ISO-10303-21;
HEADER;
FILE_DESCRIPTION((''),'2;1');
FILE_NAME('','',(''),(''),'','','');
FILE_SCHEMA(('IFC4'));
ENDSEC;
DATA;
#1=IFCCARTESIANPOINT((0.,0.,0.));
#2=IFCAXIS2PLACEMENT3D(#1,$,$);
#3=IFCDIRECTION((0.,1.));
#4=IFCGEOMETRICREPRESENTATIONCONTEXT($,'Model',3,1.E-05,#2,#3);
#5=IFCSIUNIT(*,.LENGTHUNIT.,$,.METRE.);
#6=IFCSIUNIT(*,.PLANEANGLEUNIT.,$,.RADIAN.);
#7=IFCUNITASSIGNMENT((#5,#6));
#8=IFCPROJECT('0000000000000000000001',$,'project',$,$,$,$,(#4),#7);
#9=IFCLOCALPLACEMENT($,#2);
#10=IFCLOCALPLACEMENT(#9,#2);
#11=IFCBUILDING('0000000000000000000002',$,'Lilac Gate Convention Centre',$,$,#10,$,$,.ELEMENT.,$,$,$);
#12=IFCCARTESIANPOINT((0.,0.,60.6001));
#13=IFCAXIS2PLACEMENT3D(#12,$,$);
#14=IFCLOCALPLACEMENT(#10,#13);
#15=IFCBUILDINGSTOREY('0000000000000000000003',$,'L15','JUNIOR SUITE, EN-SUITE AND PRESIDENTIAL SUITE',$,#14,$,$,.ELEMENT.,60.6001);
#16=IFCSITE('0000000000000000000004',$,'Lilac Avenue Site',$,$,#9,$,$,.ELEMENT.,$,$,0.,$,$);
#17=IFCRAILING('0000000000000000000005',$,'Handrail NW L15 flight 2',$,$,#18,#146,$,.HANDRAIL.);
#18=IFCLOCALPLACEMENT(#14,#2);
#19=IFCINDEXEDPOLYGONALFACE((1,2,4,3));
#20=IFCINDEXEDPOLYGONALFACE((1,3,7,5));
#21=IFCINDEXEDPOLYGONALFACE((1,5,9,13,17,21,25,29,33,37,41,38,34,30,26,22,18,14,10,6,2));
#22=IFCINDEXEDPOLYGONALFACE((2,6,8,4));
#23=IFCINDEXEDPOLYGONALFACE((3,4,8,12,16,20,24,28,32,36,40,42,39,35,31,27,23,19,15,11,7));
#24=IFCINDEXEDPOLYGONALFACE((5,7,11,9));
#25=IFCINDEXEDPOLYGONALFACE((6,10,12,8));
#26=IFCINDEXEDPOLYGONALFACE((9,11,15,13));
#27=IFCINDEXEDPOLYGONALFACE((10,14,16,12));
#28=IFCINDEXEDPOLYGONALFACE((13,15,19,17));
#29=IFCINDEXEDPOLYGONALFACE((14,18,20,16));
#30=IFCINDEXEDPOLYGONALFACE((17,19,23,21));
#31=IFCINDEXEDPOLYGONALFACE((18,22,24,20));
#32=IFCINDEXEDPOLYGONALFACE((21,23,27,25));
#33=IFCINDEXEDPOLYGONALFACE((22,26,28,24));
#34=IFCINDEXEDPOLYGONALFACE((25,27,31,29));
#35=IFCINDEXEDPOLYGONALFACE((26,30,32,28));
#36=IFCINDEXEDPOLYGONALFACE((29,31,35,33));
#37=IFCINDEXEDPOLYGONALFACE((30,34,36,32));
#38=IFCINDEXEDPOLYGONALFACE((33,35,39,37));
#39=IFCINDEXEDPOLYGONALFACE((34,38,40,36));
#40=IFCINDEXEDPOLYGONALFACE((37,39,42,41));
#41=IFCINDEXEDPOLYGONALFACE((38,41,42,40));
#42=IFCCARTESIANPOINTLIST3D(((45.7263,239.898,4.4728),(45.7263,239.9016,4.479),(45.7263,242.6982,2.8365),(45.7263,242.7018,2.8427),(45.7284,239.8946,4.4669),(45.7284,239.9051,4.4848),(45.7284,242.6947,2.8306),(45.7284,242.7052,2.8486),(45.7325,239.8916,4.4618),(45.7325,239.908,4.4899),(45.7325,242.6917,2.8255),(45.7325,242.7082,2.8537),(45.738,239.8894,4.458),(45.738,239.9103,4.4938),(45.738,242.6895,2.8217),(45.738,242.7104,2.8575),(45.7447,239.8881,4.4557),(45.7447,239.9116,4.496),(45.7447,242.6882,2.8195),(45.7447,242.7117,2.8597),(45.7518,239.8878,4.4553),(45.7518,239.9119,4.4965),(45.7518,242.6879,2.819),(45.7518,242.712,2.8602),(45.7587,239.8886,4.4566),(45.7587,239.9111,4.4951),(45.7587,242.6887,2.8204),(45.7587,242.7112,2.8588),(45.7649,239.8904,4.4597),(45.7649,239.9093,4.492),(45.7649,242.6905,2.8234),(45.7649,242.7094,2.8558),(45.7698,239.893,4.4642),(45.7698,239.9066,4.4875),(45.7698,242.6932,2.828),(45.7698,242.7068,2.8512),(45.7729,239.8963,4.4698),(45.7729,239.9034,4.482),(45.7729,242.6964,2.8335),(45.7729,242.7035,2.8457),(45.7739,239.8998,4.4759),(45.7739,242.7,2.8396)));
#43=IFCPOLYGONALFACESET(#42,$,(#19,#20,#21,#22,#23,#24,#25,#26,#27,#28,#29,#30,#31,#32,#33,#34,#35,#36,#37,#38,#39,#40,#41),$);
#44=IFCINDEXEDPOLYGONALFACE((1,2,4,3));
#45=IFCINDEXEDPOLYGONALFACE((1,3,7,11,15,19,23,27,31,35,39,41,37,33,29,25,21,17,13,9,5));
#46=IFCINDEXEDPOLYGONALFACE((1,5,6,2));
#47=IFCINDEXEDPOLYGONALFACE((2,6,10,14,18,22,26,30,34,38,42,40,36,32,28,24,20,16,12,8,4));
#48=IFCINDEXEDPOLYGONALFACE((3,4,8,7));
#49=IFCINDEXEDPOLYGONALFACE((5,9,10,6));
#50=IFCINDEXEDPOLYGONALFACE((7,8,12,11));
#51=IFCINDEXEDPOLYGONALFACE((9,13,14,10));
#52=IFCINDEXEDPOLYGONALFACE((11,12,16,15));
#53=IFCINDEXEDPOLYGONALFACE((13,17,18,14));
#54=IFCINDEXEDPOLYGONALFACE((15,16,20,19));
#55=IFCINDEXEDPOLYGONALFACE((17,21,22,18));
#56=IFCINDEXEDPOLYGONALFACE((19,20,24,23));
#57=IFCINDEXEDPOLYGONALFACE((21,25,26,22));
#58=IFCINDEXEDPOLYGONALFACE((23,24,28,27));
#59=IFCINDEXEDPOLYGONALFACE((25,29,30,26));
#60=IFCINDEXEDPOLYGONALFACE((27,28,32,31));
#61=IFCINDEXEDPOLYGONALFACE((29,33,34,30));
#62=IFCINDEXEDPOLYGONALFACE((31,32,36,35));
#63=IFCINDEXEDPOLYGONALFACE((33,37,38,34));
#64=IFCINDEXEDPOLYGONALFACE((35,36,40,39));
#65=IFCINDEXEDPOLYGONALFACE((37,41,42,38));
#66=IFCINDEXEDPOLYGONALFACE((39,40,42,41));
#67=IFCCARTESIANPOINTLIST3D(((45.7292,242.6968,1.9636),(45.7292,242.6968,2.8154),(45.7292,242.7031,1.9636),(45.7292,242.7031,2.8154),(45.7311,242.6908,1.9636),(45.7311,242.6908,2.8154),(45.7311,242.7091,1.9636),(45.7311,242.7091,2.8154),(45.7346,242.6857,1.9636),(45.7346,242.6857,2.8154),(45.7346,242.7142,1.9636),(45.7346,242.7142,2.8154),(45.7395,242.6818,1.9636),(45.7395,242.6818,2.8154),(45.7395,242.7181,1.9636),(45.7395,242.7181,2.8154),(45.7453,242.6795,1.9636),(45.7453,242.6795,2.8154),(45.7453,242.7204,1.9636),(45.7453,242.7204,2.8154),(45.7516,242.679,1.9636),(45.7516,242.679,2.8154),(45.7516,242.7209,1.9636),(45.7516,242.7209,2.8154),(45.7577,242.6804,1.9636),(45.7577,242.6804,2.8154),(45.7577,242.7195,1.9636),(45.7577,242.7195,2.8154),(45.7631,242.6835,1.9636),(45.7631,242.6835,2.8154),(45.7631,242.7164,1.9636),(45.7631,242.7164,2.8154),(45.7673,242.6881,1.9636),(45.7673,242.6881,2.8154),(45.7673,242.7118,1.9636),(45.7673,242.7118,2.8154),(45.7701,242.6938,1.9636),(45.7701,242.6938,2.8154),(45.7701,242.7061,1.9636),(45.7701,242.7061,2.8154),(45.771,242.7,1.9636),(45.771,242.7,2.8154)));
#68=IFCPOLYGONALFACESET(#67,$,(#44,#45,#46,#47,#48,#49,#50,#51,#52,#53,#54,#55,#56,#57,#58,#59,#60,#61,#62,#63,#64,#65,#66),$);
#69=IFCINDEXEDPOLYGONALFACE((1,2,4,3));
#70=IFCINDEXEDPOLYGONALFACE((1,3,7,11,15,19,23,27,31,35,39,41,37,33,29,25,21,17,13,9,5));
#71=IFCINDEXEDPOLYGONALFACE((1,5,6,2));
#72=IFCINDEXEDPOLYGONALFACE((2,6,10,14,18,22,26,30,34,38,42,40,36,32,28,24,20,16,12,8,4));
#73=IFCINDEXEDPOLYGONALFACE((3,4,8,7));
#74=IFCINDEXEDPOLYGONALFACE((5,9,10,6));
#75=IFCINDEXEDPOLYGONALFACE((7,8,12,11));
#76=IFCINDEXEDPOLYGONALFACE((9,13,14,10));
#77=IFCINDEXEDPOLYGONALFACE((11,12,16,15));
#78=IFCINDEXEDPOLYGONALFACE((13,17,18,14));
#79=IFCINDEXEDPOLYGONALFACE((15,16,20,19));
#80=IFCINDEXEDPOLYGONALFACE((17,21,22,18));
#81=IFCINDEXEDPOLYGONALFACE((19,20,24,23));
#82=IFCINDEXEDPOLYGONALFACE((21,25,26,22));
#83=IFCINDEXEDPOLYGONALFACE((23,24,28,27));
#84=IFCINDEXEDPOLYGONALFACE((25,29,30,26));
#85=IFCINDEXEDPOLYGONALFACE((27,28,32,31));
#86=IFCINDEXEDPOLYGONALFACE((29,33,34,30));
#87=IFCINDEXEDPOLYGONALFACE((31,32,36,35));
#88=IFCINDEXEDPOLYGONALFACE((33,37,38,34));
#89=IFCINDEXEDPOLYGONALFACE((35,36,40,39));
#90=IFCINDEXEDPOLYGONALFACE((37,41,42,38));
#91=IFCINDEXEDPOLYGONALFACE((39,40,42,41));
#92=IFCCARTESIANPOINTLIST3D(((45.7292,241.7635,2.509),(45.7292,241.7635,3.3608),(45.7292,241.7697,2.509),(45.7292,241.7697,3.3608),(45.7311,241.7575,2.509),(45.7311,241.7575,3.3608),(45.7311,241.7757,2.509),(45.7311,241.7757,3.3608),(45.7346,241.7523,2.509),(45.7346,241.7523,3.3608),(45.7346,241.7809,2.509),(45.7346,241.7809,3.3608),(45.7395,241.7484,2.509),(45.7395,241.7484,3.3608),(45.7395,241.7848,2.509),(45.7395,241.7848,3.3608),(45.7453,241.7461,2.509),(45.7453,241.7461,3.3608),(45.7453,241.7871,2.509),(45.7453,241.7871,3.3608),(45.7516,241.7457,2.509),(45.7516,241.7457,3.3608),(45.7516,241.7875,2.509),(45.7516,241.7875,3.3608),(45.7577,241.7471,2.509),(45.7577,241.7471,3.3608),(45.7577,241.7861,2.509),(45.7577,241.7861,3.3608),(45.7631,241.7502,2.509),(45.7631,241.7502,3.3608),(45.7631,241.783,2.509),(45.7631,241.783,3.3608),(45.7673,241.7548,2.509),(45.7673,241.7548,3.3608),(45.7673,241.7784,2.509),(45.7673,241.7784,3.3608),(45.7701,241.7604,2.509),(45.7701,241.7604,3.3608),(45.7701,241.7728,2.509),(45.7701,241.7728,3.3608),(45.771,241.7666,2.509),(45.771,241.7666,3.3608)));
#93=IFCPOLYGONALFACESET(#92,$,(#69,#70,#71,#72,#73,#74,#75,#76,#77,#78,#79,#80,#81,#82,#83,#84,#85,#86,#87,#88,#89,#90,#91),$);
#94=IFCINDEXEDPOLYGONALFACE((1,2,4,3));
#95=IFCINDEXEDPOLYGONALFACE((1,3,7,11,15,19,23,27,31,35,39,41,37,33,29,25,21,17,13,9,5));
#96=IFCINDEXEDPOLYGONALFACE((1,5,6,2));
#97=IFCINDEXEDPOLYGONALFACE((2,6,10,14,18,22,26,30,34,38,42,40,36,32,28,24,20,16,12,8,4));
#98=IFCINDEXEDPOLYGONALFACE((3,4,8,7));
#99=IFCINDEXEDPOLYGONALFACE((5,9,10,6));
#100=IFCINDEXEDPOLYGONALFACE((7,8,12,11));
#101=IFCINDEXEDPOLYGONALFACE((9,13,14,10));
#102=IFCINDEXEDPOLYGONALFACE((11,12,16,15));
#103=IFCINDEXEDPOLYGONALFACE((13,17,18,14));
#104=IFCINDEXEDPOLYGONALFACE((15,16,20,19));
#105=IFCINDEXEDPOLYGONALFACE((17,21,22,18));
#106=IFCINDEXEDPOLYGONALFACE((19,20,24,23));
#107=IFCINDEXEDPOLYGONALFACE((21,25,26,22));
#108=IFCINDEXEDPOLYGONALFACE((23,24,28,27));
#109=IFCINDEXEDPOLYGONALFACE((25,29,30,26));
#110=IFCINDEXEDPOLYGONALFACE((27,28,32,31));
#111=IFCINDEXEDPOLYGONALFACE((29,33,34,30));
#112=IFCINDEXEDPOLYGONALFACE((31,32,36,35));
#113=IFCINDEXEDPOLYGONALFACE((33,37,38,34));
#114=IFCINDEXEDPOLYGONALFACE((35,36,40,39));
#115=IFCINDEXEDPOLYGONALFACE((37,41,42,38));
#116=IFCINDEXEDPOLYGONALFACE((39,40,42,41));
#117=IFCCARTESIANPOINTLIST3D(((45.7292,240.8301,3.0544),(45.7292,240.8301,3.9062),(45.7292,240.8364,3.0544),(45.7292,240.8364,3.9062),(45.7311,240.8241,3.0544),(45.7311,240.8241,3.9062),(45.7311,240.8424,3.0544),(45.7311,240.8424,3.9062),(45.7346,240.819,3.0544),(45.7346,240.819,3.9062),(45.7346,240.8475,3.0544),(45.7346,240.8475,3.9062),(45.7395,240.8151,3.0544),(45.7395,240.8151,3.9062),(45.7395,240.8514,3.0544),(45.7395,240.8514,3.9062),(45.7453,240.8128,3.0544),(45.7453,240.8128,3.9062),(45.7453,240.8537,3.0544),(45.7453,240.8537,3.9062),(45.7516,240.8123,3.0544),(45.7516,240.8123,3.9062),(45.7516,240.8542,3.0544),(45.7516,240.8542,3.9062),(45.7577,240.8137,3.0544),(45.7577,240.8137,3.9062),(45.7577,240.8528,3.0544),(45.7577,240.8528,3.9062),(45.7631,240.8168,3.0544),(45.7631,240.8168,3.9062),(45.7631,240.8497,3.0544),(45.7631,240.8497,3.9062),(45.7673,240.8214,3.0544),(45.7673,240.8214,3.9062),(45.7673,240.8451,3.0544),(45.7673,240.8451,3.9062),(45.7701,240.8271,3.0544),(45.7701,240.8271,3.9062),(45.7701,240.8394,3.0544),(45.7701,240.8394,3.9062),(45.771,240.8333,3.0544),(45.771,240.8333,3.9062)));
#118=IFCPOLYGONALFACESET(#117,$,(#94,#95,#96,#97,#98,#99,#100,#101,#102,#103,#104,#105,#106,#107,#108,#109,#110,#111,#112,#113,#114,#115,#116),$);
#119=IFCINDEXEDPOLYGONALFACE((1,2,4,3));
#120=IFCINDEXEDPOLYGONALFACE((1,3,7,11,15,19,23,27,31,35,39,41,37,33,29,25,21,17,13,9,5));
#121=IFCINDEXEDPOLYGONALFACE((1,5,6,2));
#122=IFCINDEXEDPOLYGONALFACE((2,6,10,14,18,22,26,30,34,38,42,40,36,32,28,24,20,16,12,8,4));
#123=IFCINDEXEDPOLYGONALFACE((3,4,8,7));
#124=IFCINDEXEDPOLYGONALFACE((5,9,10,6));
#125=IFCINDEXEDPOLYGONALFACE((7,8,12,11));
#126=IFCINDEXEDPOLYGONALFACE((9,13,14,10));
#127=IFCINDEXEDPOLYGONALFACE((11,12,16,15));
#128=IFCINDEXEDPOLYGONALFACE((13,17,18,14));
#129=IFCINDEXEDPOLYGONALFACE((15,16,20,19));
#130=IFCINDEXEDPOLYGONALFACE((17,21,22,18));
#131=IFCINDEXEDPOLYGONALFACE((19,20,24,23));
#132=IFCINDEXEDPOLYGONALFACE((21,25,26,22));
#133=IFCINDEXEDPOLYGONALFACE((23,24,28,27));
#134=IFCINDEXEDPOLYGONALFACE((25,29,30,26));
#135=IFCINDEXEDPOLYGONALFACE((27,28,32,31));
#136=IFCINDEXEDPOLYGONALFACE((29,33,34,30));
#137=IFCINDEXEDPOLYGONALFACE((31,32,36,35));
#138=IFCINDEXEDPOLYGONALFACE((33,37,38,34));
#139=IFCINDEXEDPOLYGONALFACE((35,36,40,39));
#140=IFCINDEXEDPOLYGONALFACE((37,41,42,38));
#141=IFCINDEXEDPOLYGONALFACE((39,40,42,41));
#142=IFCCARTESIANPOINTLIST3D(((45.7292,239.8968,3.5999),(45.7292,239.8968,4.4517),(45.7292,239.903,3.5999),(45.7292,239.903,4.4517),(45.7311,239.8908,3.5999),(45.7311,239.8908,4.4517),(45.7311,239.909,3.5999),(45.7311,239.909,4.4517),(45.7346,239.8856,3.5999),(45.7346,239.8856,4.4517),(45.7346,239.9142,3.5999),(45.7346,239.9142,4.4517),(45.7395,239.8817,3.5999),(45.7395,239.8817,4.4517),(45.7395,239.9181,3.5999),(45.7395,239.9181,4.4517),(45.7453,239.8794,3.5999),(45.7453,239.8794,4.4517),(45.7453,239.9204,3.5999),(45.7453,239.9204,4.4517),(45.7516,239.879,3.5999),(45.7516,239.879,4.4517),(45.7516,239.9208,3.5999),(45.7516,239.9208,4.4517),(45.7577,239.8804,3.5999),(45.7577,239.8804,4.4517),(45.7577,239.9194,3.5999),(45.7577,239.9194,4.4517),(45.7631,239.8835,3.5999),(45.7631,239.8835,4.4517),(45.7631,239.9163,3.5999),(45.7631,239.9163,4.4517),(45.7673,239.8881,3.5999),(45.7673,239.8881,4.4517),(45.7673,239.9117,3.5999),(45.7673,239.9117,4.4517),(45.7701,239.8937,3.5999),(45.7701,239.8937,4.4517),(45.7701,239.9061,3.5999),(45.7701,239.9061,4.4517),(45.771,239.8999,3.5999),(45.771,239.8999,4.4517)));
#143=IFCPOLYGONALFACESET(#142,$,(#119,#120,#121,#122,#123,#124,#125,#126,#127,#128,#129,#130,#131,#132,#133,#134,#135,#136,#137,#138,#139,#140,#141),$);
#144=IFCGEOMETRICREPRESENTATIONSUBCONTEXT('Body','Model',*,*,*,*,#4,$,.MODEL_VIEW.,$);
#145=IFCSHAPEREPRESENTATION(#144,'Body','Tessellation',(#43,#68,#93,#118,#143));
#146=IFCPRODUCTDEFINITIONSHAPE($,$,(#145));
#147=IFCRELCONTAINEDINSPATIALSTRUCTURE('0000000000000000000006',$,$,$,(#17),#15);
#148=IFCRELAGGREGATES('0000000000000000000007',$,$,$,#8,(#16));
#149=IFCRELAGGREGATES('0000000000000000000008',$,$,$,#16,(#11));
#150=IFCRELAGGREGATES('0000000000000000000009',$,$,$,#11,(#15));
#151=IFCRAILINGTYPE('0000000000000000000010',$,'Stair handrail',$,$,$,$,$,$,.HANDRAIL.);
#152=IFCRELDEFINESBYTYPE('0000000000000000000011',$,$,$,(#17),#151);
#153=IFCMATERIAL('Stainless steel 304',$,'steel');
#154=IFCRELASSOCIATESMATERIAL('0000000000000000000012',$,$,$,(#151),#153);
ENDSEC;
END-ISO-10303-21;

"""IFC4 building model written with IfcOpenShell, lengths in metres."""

from ifc_helpers import new_model, si_unit, direction, frame, origin, origin_2d, place, context, subcontext, project, spatial, circle, extrude, material, type_object, element, save


model = new_model("IFC4")

# Units and contexts
model_context = context("Model", 3, precision=1e-05, world=origin(), true_north=direction((0.0, 1.0)))
body_context = subcontext(model_context, "Body", "Model", "MODEL_VIEW")
ifc_project = project(units=[si_unit("LENGTHUNIT", "METRE"), si_unit("PLANEANGLEUNIT", "RADIAN")], contexts=[model_context])

# Site, building, storey
site_placement = place(None, origin())
site = spatial("IfcSite", under=ifc_project, at=site_placement, Name="Lilac Avenue Site", CompositionType="ELEMENT", RefElevation=0.0)
building_placement = place(site_placement, origin())
building = spatial("IfcBuilding", under=site, at=building_placement, Name="Lilac Gate Convention Centre", CompositionType="ELEMENT")
storey_placement = place(building_placement, frame((0.0, 0.0, 60.6001)))
storey = spatial("IfcBuildingStorey", under=building, at=storey_placement, Name="L15", Description="JUNIOR SUITE, EN-SUITE AND PRESIDENTIAL SUITE", CompositionType="ELEMENT", Elevation=60.6001)

# Railing
ifc_material_1 = material(Name="Stainless steel 304", Category="steel")
railing_type = type_object("IfcRailingType", Name="Stair handrail", PredefinedType="HANDRAIL", material=ifc_material_1)
for number, where, name in (
    (1, (45.75, 242.7, 1.9636), "Handrail NW L15 flight 2"),
):
    element("IfcRailing", number, at=place(storey_placement, frame(where)), inside=storey, type_object=railing_type, Name=name, PredefinedType="HANDRAIL", context=body_context, shape_type="SweptSolid", body=[
        extrude(circle(Radius=0.0239, at=origin_2d()), frame((0.0, 0.0, 0.876), z_axis=(0.0, -0.863394, 0.504531), x_axis=(1.0, 0.0, 0.0)), (0.0, 0.0, 1.0), 3.2432),
        extrude(circle(Radius=0.021, at=origin_2d()), origin(), (0.0, 0.0, 1.0), 0.8518),
        extrude(circle(Radius=0.021, at=origin_2d()), frame((0.0, -0.9333, 0.5454)), (0.0, 0.0, 1.0), 0.8518),
        extrude(circle(Radius=0.021, at=origin_2d()), frame((0.0, -1.8667, 1.0908)), (0.0, 0.0, 1.0), 0.8518),
        extrude(circle(Radius=0.021, at=origin_2d()), frame((0.0, -2.8, 1.6362)), (0.0, 0.0, 1.0), 0.8518),
    ])

save(model, "model.ifc")
